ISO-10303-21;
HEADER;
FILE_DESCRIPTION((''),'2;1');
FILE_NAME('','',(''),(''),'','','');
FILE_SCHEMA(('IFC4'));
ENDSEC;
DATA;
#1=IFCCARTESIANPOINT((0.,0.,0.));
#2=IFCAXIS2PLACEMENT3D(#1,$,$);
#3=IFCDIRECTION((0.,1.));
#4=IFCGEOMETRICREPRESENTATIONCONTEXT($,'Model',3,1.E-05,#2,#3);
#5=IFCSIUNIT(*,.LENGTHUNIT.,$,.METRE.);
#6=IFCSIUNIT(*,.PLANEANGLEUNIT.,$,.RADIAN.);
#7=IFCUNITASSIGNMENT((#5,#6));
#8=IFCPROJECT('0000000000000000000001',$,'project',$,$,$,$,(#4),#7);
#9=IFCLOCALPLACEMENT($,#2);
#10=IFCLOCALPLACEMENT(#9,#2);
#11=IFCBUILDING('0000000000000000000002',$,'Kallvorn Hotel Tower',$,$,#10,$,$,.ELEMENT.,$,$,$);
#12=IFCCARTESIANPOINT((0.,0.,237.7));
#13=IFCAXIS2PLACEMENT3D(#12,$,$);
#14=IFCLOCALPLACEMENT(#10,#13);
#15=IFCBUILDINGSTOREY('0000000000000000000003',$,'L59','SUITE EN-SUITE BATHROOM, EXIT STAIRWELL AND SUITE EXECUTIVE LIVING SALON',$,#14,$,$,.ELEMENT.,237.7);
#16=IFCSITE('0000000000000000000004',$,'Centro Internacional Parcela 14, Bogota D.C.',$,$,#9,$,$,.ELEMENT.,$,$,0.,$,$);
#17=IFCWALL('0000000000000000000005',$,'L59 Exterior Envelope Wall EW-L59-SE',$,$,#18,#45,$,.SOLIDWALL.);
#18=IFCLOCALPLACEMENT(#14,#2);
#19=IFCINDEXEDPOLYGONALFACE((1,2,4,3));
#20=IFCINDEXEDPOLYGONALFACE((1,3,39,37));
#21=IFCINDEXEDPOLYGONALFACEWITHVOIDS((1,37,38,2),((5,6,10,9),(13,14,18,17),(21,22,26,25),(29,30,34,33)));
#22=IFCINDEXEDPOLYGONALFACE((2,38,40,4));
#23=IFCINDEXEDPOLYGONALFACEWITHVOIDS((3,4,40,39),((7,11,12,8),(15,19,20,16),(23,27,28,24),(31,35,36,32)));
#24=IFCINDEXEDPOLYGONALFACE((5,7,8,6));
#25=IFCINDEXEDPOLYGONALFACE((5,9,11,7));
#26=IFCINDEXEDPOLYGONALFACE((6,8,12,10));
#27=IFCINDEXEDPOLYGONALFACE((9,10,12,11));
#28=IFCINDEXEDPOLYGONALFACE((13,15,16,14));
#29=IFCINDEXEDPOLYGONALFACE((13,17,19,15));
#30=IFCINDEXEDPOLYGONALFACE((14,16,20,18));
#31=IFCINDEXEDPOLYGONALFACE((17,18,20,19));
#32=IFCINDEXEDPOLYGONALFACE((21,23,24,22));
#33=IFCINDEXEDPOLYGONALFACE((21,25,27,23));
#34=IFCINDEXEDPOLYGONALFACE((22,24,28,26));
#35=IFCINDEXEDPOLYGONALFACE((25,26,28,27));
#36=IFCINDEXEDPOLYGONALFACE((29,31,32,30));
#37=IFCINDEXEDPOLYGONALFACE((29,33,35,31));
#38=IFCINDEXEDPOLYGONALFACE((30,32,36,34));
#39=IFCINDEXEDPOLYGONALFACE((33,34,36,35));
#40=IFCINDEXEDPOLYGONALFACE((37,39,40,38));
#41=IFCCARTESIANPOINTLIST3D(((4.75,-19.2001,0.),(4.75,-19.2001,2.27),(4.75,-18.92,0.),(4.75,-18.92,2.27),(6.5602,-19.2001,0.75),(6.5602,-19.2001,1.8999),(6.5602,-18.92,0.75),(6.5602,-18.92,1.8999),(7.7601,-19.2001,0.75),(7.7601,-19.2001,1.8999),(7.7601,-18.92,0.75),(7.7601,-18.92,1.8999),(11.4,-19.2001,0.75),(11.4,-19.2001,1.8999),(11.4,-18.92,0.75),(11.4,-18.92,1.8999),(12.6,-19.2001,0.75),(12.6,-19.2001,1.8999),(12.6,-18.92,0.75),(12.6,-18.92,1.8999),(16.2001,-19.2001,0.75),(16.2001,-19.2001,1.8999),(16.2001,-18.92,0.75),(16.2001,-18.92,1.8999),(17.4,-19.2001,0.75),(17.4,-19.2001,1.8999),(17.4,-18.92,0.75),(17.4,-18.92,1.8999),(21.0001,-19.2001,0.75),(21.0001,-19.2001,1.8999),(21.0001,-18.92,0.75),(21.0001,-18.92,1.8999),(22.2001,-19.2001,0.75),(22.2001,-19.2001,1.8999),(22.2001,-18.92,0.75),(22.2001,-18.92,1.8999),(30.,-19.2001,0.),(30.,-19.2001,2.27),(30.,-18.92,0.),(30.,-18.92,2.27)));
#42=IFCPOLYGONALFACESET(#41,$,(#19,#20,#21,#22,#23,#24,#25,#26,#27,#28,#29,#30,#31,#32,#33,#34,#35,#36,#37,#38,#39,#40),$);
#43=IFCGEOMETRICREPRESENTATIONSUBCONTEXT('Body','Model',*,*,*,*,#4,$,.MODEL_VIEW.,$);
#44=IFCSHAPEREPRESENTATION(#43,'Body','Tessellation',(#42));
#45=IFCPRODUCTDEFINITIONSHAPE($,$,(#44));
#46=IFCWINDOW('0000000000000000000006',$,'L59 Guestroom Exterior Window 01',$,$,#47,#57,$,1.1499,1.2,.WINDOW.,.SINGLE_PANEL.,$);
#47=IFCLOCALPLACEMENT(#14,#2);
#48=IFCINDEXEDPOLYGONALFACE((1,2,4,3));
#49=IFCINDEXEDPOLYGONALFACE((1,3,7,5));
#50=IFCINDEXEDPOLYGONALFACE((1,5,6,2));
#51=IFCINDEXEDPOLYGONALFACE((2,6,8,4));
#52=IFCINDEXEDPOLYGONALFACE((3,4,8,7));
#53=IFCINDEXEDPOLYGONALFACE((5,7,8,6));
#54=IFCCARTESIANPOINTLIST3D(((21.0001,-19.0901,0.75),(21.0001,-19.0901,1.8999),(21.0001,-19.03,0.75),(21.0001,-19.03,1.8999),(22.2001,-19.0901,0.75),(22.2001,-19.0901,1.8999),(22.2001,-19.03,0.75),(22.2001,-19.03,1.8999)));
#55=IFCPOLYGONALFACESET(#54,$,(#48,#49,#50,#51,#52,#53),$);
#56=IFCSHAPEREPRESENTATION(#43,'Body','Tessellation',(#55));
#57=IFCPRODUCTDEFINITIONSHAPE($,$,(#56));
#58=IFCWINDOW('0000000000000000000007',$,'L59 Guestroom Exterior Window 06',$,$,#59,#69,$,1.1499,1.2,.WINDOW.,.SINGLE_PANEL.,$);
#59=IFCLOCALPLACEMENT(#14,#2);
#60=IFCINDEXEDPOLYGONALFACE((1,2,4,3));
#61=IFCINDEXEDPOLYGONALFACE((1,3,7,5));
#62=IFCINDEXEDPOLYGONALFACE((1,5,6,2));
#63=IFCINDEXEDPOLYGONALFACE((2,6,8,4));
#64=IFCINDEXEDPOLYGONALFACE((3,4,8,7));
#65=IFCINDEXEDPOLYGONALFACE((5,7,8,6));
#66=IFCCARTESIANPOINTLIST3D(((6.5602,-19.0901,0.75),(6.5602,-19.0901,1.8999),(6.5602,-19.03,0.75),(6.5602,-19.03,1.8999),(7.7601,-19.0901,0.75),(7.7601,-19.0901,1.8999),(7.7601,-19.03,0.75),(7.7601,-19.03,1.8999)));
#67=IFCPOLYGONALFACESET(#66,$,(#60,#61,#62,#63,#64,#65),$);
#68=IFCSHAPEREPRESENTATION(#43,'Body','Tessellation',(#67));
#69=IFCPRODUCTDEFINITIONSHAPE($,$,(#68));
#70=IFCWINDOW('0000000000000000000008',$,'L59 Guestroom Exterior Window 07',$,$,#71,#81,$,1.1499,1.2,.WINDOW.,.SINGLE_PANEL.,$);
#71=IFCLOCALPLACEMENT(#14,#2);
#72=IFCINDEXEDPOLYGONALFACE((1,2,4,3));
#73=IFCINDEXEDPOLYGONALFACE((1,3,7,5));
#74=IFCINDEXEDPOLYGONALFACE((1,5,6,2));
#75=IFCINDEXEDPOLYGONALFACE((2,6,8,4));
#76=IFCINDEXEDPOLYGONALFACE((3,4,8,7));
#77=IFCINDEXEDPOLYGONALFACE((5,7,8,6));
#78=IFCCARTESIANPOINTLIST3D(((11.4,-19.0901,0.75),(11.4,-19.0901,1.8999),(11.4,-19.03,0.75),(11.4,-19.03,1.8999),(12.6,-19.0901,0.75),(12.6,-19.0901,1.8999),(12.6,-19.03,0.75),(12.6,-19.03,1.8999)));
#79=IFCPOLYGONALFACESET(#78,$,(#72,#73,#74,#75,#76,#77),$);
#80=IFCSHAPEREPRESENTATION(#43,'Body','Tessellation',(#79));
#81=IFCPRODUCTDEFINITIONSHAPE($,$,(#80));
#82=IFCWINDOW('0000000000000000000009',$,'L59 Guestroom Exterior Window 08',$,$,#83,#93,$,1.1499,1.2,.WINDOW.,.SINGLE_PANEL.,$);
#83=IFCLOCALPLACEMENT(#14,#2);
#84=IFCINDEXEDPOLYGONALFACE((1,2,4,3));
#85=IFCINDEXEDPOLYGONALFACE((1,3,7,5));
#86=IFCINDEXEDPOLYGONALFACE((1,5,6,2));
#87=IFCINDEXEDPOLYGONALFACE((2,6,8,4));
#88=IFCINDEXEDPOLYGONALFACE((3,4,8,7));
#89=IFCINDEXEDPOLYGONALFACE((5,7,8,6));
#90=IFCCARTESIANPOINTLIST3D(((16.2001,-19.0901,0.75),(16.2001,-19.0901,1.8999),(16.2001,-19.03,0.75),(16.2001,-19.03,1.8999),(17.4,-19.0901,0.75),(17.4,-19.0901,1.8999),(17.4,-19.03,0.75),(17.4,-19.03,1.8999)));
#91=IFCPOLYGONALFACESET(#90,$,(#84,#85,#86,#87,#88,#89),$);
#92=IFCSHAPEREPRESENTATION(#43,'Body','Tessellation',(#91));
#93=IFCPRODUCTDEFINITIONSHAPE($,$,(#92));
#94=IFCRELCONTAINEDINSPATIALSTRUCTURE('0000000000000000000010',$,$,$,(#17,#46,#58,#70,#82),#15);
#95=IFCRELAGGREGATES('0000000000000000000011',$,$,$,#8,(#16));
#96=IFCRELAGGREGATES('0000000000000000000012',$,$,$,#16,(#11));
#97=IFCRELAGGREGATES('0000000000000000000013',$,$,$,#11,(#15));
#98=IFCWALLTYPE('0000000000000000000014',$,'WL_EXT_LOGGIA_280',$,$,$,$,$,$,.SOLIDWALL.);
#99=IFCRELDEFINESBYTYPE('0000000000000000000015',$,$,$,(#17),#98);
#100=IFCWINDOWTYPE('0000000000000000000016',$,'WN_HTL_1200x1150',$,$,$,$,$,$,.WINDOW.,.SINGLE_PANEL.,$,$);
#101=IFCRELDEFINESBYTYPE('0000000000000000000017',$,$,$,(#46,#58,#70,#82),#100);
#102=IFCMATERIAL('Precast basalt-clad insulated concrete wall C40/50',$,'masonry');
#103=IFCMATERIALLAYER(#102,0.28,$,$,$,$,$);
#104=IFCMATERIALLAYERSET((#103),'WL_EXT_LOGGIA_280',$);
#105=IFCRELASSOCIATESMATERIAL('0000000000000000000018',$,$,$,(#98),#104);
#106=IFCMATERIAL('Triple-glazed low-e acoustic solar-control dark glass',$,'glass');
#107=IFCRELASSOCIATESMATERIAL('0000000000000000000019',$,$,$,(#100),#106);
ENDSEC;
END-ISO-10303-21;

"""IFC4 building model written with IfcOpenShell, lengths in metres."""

from ifc_helpers import new_model, si_unit, direction, frame, frame_2d, origin, place, context, subcontext, project, spatial, rectangle, extrude, material, layer, layer_set, type_object, element, fill, save


model = new_model("IFC4")

# Units and contexts
model_context = context("Model", 3, precision=1e-05, world=origin(), true_north=direction((0.0, 1.0)))
body_context = subcontext(model_context, "Body", "Model", "MODEL_VIEW")
ifc_project = project(units=[si_unit("LENGTHUNIT", "METRE"), si_unit("PLANEANGLEUNIT", "RADIAN")], contexts=[model_context])

# Site, building, storey
site_placement = place(None, origin())
site = spatial("IfcSite", under=ifc_project, at=site_placement, Name="Centro Internacional Parcela 14, Bogota D.C.", CompositionType="ELEMENT", RefElevation=0.0)
building_placement = place(site_placement, origin())
building = spatial("IfcBuilding", under=site, at=building_placement, Name="Kallvorn Hotel Tower", CompositionType="ELEMENT")
storey_placement = place(building_placement, frame((0.0, 0.0, 237.7)))
storey = spatial("IfcBuildingStorey", under=building, at=storey_placement, Name="L59", Description="SUITE EN-SUITE BATHROOM, EXIT STAIRWELL AND SUITE EXECUTIVE LIVING SALON", CompositionType="ELEMENT", Elevation=237.7)

# Wall, openings, windows
ifc_material_1 = material(Name="Precast basalt-clad insulated concrete wall C40/50", Category="masonry")
ifc_layer_1 = layer(ifc_material_1, 0.28)
ifc_layer_set_1 = layer_set([ifc_layer_1], Name="WL_EXT_LOGGIA_280")
wall_type_1 = type_object("IfcWallType", Name="WL_EXT_LOGGIA_280", PredefinedType="SOLIDWALL", material=ifc_layer_set_1)
wall_1_placement = place(storey_placement, frame((4.75, -19.0601, 0.0), z_axis=(0.0, 0.0, 1.0), x_axis=(1.0, 0.0, 0.0)))
wall_1 = element("IfcWall", 1, at=wall_1_placement, inside=storey, type_object=wall_type_1, Name="L59 Exterior Envelope Wall EW-L59-SE", PredefinedType="SOLIDWALL", context=body_context, shape_type="SweptSolid", body=[
    extrude(rectangle(XDim=25.25, YDim=0.28, at=frame_2d((12.625, 0.0))), origin(), (0.0, 0.0, 1.0), 2.27),
])
opening_1_placement = place(wall_1_placement, frame((16.25, 0.0, 0.75)))
opening_1 = element("IfcOpeningElement", 2, at=opening_1_placement, cuts=wall_1, PredefinedType="OPENING", context=body_context, shape_type="SweptSolid", body=[
    extrude(rectangle(XDim=1.2, YDim=1.1499, at=frame_2d((0.6001, 0.575))), frame((0.0, 0.155, 0.0), z_axis=(0.0, -1.0, 0.0), x_axis=(1.0, 0.0, 0.0)), (0.0, 0.0, 1.0), 0.3101),
])
opening_2_placement = place(wall_1_placement, frame((1.8101, 0.0, 0.75)))
opening_2 = element("IfcOpeningElement", 3, at=opening_2_placement, cuts=wall_1, PredefinedType="OPENING", context=body_context, shape_type="SweptSolid", body=[
    extrude(rectangle(XDim=1.2, YDim=1.1499, at=frame_2d((0.6001, 0.575))), frame((0.0, 0.155, 0.0), z_axis=(0.0, -1.0, 0.0), x_axis=(1.0, 0.0, 0.0)), (0.0, 0.0, 1.0), 0.3101),
])
opening_3_placement = place(wall_1_placement, frame((6.6499, 0.0, 0.75)))
opening_3 = element("IfcOpeningElement", 4, at=opening_3_placement, cuts=wall_1, PredefinedType="OPENING", context=body_context, shape_type="SweptSolid", body=[
    extrude(rectangle(XDim=1.2, YDim=1.1499, at=frame_2d((0.6001, 0.575))), frame((0.0, 0.155, 0.0), z_axis=(0.0, -1.0, 0.0), x_axis=(1.0, 0.0, 0.0)), (0.0, 0.0, 1.0), 0.3101),
])
opening_4_placement = place(wall_1_placement, frame((11.45, 0.0, 0.75)))
opening_4 = element("IfcOpeningElement", 5, at=opening_4_placement, cuts=wall_1, PredefinedType="OPENING", context=body_context, shape_type="SweptSolid", body=[
    extrude(rectangle(XDim=1.2, YDim=1.1499, at=frame_2d((0.6001, 0.575))), frame((0.0, 0.155, 0.0), z_axis=(0.0, -1.0, 0.0), x_axis=(1.0, 0.0, 0.0)), (0.0, 0.0, 1.0), 0.3101),
])
ifc_material_2 = material(Name="Triple-glazed low-e acoustic solar-control dark glass", Category="glass")
window_type = type_object("IfcWindowType", Name="WN_HTL_1200x1150", PartitioningType="SINGLE_PANEL", PredefinedType="WINDOW", material=ifc_material_2)
window_1_placement = place(opening_1_placement, origin())
window_1 = element("IfcWindow", 6, at=window_1_placement, inside=storey, type_object=window_type, Name="L59 Guestroom Exterior Window 01", OverallHeight=1.1499, OverallWidth=1.2, PartitioningType="SINGLE_PANEL", PredefinedType="WINDOW", context=body_context, shape_type="SweptSolid", body=[
    extrude(rectangle(XDim=1.2, YDim=1.1499, at=frame_2d((0.6001, 0.575))), frame((0.0, 0.03, 0.0), z_axis=(0.0, -1.0, 0.0), x_axis=(1.0, 0.0, 0.0)), (0.0, 0.0, 1.0), 0.0601),
])
fill(opening_1, window_1)
window_2_placement = place(opening_2_placement, origin())
window_2 = element("IfcWindow", 7, at=window_2_placement, inside=storey, type_object=window_type, Name="L59 Guestroom Exterior Window 06", OverallHeight=1.1499, OverallWidth=1.2, PartitioningType="SINGLE_PANEL", PredefinedType="WINDOW", context=body_context, shape_type="SweptSolid", body=[
    extrude(rectangle(XDim=1.2, YDim=1.1499, at=frame_2d((0.6001, 0.575))), frame((0.0, 0.03, 0.0), z_axis=(0.0, -1.0, 0.0), x_axis=(1.0, 0.0, 0.0)), (0.0, 0.0, 1.0), 0.0601),
])
fill(opening_2, window_2)
window_3_placement = place(opening_3_placement, origin())
window_3 = element("IfcWindow", 8, at=window_3_placement, inside=storey, type_object=window_type, Name="L59 Guestroom Exterior Window 07", OverallHeight=1.1499, OverallWidth=1.2, PartitioningType="SINGLE_PANEL", PredefinedType="WINDOW", context=body_context, shape_type="SweptSolid", body=[
    extrude(rectangle(XDim=1.2, YDim=1.1499, at=frame_2d((0.6001, 0.575))), frame((0.0, 0.03, 0.0), z_axis=(0.0, -1.0, 0.0), x_axis=(1.0, 0.0, 0.0)), (0.0, 0.0, 1.0), 0.0601),
])
fill(opening_3, window_3)
window_4_placement = place(opening_4_placement, origin())
window_4 = element("IfcWindow", 9, at=window_4_placement, inside=storey, type_object=window_type, Name="L59 Guestroom Exterior Window 08", OverallHeight=1.1499, OverallWidth=1.2, PartitioningType="SINGLE_PANEL", PredefinedType="WINDOW", context=body_context, shape_type="SweptSolid", body=[
    extrude(rectangle(XDim=1.2, YDim=1.1499, at=frame_2d((0.6001, 0.575))), frame((0.0, 0.03, 0.0), z_axis=(0.0, -1.0, 0.0), x_axis=(1.0, 0.0, 0.0)), (0.0, 0.0, 1.0), 0.0601),
])
fill(opening_4, window_4)

save(model, "model.ifc")
